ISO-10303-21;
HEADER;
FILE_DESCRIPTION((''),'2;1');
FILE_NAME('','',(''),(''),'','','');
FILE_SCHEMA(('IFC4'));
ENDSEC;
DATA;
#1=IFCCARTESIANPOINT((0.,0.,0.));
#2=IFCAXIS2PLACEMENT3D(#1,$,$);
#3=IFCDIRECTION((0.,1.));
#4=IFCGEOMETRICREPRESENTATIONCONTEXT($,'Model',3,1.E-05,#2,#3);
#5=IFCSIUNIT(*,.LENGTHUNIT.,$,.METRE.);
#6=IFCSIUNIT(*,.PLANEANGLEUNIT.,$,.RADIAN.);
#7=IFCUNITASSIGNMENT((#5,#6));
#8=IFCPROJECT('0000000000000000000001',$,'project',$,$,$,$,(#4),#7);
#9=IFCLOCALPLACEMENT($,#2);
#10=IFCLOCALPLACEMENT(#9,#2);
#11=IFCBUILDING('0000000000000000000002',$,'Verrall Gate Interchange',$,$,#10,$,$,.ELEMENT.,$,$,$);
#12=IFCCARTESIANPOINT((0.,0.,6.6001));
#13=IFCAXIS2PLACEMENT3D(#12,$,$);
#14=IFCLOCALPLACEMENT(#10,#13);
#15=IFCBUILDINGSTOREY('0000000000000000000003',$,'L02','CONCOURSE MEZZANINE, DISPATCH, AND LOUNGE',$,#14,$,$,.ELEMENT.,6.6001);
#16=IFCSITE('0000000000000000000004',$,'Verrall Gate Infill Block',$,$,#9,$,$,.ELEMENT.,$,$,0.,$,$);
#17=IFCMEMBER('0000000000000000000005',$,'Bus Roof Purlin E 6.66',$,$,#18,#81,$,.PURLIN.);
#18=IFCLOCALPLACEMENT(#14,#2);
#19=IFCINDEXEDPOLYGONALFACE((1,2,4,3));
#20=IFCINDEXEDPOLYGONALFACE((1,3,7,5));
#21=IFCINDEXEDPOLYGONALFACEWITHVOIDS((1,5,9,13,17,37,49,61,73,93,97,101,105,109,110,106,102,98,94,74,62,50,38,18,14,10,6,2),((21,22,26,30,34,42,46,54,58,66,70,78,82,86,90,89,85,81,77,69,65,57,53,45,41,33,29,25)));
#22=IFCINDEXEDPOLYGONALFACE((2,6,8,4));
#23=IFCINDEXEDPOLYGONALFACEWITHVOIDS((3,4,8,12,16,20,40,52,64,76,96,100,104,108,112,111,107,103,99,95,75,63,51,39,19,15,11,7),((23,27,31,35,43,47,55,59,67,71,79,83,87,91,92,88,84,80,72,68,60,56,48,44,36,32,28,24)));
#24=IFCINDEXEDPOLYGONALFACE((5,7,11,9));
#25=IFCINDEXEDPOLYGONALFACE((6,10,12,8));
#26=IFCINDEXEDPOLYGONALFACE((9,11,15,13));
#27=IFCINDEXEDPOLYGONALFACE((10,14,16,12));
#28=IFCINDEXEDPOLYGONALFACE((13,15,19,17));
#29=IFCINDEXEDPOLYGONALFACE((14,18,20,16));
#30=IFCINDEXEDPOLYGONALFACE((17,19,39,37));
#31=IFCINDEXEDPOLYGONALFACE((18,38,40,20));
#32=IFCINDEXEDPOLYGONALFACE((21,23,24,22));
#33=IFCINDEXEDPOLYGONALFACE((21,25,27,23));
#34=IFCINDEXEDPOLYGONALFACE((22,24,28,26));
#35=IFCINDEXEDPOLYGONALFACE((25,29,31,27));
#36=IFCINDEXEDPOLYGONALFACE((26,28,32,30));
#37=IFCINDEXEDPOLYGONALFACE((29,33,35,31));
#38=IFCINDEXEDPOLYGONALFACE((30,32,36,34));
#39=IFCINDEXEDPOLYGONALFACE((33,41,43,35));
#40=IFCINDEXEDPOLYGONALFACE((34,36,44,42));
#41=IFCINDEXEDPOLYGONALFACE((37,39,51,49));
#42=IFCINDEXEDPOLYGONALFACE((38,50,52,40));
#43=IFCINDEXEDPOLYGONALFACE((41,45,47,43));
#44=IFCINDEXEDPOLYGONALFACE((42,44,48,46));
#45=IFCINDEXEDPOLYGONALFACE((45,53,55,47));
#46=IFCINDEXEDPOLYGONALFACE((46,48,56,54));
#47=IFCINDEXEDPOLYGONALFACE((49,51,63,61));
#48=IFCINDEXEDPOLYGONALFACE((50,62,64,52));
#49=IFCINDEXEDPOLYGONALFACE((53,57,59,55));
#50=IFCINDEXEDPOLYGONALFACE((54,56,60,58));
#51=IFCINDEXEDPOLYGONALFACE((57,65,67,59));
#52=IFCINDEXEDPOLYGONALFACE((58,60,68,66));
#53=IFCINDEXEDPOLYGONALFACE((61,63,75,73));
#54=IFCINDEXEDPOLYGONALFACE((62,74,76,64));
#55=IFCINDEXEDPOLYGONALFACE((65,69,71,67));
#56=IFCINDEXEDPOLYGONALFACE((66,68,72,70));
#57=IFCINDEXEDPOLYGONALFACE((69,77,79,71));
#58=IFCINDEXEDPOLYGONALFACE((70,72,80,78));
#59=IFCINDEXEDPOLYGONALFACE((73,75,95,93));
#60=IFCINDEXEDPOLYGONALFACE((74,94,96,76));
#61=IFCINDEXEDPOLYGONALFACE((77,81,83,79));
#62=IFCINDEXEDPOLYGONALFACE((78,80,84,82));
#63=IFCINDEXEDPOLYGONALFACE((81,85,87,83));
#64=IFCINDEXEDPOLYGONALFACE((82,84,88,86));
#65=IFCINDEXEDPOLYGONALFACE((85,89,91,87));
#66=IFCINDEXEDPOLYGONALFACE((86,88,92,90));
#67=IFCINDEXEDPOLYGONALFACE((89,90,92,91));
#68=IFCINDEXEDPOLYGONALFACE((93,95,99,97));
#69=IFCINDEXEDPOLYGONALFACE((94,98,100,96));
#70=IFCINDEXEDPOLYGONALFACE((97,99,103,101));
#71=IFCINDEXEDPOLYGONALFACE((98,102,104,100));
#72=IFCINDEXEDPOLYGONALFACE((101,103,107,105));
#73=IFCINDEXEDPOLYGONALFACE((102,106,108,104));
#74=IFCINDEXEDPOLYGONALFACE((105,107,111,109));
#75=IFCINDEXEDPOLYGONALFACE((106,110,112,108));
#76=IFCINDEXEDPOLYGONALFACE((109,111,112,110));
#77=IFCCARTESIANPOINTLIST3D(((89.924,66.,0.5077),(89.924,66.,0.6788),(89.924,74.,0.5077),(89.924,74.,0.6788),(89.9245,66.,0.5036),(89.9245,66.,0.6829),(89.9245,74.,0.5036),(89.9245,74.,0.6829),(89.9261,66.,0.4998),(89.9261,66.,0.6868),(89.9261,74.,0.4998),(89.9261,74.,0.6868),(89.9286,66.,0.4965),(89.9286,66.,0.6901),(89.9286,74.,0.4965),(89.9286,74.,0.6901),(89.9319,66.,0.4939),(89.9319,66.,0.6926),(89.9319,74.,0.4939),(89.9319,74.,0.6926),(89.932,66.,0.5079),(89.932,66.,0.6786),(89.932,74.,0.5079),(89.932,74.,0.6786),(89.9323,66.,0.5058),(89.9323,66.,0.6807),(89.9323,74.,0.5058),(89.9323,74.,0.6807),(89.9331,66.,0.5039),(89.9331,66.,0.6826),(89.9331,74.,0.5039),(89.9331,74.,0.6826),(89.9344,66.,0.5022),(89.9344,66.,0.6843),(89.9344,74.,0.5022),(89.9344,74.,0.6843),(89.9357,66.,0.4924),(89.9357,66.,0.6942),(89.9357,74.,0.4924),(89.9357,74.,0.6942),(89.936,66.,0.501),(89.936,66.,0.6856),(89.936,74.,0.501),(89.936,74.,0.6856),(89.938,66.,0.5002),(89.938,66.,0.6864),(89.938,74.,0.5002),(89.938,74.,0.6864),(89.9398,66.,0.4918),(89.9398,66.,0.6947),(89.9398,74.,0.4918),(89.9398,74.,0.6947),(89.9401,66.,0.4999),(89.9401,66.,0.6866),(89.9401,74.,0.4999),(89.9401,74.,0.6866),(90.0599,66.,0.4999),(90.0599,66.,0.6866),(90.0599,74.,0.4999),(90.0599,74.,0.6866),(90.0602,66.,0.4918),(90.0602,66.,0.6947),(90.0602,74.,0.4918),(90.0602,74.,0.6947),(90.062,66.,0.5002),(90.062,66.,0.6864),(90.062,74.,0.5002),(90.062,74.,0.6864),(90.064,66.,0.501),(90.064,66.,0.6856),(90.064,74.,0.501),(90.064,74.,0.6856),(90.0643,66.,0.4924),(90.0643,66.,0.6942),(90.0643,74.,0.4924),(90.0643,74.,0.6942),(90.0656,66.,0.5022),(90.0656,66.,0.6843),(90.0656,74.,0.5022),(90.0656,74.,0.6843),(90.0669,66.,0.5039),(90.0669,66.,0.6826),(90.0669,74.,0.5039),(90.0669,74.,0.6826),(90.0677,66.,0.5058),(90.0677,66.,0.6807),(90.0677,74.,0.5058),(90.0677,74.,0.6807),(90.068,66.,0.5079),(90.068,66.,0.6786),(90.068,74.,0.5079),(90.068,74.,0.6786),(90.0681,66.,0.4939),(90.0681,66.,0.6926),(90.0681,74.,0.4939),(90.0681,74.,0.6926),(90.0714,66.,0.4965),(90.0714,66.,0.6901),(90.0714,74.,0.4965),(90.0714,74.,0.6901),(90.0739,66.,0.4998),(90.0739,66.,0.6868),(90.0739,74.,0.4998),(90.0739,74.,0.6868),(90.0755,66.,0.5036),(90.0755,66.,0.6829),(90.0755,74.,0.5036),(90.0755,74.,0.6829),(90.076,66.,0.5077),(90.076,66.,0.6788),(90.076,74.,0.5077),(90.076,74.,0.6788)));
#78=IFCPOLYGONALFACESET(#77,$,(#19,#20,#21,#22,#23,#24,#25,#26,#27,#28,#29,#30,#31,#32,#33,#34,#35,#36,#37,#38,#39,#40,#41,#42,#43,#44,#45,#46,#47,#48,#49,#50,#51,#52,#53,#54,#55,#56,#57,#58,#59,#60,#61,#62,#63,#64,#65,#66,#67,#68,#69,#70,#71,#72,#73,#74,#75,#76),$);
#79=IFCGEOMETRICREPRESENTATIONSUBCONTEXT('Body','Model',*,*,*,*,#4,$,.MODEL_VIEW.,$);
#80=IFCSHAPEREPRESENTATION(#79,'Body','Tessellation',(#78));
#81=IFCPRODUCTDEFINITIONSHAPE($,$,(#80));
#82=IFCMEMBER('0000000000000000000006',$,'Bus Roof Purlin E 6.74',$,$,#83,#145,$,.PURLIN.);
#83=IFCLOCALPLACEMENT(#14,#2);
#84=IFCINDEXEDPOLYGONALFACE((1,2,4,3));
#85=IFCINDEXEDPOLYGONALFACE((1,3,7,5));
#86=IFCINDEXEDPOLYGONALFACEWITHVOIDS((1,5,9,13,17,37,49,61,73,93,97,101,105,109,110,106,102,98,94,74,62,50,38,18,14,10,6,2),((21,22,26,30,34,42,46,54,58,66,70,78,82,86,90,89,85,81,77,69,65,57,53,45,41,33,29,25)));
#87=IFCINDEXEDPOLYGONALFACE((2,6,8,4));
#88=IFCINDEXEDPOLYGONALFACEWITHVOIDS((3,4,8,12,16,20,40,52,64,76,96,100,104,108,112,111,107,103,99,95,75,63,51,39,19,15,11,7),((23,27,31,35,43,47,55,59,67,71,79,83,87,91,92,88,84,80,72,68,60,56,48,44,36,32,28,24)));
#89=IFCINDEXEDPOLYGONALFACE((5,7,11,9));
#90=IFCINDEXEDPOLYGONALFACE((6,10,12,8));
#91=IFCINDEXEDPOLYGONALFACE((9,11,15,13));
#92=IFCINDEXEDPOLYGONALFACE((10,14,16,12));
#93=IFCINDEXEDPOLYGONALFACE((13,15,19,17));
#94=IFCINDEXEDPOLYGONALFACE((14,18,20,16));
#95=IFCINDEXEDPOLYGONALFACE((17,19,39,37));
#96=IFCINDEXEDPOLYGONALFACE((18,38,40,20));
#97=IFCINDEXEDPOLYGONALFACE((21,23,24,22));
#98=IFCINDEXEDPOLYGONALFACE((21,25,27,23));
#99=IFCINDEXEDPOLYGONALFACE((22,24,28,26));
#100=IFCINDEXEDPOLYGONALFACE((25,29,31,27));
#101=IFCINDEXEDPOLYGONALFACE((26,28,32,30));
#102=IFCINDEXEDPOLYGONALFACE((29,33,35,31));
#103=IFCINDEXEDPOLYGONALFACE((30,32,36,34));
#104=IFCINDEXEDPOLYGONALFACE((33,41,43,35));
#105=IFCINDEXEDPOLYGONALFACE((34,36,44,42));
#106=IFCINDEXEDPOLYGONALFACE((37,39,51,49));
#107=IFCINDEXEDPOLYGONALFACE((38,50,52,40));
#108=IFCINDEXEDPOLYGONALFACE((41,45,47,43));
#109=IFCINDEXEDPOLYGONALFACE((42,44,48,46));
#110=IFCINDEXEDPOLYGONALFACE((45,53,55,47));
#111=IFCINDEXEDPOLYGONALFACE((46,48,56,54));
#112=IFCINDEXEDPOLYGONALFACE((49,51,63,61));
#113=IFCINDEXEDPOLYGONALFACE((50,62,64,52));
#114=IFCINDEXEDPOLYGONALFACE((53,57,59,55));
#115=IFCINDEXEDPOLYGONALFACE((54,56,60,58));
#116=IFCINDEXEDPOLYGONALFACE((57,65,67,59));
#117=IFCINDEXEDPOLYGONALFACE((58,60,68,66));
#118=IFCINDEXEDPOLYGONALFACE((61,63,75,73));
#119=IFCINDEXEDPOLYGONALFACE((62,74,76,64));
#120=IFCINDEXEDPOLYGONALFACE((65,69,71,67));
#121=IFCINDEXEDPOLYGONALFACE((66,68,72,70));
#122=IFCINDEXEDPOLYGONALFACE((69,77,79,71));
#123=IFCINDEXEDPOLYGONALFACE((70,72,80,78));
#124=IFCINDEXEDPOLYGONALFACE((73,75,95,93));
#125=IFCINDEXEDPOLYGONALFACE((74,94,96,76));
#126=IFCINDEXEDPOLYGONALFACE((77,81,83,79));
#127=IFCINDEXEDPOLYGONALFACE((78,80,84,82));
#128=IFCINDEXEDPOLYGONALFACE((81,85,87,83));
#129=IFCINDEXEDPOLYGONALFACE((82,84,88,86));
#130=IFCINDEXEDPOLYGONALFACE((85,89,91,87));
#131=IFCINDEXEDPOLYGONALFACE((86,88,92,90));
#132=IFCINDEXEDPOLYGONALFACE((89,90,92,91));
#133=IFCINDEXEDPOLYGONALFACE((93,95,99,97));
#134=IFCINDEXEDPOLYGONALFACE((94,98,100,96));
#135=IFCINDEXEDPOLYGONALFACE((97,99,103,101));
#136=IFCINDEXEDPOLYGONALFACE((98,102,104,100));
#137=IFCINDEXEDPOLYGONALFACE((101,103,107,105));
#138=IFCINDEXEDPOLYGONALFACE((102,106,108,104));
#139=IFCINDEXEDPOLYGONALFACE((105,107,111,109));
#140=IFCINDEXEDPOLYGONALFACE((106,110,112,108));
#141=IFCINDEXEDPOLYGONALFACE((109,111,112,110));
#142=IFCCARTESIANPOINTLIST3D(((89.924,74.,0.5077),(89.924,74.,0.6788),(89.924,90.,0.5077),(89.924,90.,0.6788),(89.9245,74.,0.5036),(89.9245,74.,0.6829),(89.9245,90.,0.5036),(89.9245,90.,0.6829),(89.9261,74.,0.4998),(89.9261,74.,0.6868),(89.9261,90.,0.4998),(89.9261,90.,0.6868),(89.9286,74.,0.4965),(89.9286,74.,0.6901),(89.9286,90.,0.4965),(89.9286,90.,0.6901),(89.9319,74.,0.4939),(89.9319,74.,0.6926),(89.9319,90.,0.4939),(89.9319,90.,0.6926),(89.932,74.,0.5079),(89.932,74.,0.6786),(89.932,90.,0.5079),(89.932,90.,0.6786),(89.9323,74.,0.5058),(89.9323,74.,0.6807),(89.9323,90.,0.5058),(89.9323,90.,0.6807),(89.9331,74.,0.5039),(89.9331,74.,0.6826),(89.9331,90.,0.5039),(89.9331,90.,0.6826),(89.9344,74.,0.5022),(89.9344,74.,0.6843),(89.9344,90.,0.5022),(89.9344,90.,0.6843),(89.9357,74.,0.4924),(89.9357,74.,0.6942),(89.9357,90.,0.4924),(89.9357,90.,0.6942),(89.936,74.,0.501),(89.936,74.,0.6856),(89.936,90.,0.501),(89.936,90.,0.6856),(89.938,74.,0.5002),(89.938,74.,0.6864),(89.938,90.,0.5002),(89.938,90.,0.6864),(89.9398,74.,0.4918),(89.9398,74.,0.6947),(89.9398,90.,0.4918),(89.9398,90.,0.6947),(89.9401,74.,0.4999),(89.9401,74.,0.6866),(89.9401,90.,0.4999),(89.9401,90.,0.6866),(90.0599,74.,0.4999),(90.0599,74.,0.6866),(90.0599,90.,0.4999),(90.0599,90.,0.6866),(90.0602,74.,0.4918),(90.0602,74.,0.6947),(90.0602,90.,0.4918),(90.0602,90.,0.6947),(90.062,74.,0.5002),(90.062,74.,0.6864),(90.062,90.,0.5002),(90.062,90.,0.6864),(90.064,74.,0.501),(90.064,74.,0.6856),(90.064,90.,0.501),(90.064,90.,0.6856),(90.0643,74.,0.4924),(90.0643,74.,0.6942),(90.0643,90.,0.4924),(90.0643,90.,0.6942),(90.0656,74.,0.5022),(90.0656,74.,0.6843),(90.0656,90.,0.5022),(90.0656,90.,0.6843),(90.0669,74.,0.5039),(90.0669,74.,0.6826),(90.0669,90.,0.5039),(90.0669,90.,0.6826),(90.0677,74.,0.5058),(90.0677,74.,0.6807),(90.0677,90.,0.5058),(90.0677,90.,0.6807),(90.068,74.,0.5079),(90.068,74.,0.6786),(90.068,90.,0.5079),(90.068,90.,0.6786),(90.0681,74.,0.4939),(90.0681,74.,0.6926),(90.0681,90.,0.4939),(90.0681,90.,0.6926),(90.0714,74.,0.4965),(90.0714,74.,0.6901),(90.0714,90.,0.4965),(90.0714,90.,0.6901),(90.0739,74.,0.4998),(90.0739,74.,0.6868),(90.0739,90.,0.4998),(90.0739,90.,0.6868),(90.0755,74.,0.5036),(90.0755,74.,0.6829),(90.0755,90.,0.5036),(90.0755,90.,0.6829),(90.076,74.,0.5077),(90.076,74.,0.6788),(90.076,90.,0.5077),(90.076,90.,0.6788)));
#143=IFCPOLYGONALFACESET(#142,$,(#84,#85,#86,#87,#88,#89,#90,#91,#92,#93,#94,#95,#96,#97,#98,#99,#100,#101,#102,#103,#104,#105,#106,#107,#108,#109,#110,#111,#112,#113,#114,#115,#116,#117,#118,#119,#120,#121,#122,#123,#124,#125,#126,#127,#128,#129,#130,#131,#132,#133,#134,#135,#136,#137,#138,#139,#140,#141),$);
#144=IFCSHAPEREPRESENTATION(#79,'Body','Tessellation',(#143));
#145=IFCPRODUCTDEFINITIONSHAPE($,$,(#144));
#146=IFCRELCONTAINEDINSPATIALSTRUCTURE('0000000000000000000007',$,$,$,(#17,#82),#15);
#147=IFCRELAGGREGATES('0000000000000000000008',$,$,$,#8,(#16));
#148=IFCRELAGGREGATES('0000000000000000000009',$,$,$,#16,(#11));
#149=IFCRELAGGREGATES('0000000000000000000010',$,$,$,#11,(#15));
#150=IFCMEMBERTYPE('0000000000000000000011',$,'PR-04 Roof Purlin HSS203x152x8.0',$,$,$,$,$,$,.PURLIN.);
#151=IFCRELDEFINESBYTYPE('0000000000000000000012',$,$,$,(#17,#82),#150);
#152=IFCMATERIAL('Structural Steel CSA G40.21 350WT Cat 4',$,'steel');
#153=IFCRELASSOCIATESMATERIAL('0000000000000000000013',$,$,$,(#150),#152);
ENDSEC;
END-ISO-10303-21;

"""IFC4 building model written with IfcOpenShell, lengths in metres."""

from ifc_helpers import new_model, si_unit, direction, frame, origin, origin_2d, place, context, subcontext, project, spatial, hollow_rectangle, extrude, material, material_profile, profile_set, type_object, element, save


model = new_model("IFC4")

# Units and contexts
model_context = context("Model", 3, precision=1e-05, world=origin(), true_north=direction((0.0, 1.0)))
body_context = subcontext(model_context, "Body", "Model", "MODEL_VIEW")
ifc_project = project(units=[si_unit("LENGTHUNIT", "METRE"), si_unit("PLANEANGLEUNIT", "RADIAN")], contexts=[model_context])

# Site, building, storey
site_placement = place(None, origin())
site = spatial("IfcSite", under=ifc_project, at=site_placement, Name="Verrall Gate Infill Block", CompositionType="ELEMENT", RefElevation=0.0)
building_placement = place(site_placement, origin())
building = spatial("IfcBuilding", under=site, at=building_placement, Name="Verrall Gate Interchange", CompositionType="ELEMENT")
storey_placement = place(building_placement, frame((0.0, 0.0, 6.6001)))
storey = spatial("IfcBuildingStorey", under=building, at=storey_placement, Name="L02", Description="CONCOURSE MEZZANINE, DISPATCH, AND LOUNGE", CompositionType="ELEMENT", Elevation=6.6001)

# Members
ifc_material_1 = material(Name="Structural Steel CSA G40.21 350WT Cat 4", Category="steel")
ifc_material_profile_1 = material_profile(ifc_material_1, hollow_rectangle(XDim=0.1521, YDim=0.2029, WallThickness=0.0081, InnerFilletRadius=0.0081, OuterFilletRadius=0.0159, at=origin_2d()), Name="HSS203x152x8.0")
ifc_profile_set_1 = profile_set([ifc_material_profile_1], Name="Structural Steel CSA G40.21 350WT Cat 4")
member_type_1 = type_object("IfcMemberType", Name="PR-04 Roof Purlin HSS203x152x8.0", PredefinedType="PURLIN", material=ifc_profile_set_1)
member_1_placement = place(storey_placement, frame((90.0, 66.0, 0.5933), z_axis=(0.0, 1.0, 0.0), x_axis=(-1.0, 0.0, 0.0)))
element("IfcMember", 1, at=member_1_placement, inside=storey, type_object=member_type_1, Name="Bus Roof Purlin E 6.66", PredefinedType="PURLIN", context=body_context, shape_type="SweptSolid", body=[
    extrude(hollow_rectangle(XDim=0.1521, YDim=0.2029, WallThickness=0.0081, InnerFilletRadius=0.0081, OuterFilletRadius=0.0159, at=origin_2d()), origin(), (0.0, 0.0, 1.0), 8.0),
])
member_2_placement = place(storey_placement, frame((90.0, 74.0, 0.5933), z_axis=(0.0, 1.0, 0.0), x_axis=(-1.0, 0.0, 0.0)))
element("IfcMember", 2, at=member_2_placement, inside=storey, type_object=member_type_1, Name="Bus Roof Purlin E 6.74", PredefinedType="PURLIN", context=body_context, shape_type="SweptSolid", body=[
    extrude(hollow_rectangle(XDim=0.1521, YDim=0.2029, WallThickness=0.0081, InnerFilletRadius=0.0081, OuterFilletRadius=0.0159, at=origin_2d()), origin(), (0.0, 0.0, 1.0), 16.0),
])

save(model, "model.ifc")
